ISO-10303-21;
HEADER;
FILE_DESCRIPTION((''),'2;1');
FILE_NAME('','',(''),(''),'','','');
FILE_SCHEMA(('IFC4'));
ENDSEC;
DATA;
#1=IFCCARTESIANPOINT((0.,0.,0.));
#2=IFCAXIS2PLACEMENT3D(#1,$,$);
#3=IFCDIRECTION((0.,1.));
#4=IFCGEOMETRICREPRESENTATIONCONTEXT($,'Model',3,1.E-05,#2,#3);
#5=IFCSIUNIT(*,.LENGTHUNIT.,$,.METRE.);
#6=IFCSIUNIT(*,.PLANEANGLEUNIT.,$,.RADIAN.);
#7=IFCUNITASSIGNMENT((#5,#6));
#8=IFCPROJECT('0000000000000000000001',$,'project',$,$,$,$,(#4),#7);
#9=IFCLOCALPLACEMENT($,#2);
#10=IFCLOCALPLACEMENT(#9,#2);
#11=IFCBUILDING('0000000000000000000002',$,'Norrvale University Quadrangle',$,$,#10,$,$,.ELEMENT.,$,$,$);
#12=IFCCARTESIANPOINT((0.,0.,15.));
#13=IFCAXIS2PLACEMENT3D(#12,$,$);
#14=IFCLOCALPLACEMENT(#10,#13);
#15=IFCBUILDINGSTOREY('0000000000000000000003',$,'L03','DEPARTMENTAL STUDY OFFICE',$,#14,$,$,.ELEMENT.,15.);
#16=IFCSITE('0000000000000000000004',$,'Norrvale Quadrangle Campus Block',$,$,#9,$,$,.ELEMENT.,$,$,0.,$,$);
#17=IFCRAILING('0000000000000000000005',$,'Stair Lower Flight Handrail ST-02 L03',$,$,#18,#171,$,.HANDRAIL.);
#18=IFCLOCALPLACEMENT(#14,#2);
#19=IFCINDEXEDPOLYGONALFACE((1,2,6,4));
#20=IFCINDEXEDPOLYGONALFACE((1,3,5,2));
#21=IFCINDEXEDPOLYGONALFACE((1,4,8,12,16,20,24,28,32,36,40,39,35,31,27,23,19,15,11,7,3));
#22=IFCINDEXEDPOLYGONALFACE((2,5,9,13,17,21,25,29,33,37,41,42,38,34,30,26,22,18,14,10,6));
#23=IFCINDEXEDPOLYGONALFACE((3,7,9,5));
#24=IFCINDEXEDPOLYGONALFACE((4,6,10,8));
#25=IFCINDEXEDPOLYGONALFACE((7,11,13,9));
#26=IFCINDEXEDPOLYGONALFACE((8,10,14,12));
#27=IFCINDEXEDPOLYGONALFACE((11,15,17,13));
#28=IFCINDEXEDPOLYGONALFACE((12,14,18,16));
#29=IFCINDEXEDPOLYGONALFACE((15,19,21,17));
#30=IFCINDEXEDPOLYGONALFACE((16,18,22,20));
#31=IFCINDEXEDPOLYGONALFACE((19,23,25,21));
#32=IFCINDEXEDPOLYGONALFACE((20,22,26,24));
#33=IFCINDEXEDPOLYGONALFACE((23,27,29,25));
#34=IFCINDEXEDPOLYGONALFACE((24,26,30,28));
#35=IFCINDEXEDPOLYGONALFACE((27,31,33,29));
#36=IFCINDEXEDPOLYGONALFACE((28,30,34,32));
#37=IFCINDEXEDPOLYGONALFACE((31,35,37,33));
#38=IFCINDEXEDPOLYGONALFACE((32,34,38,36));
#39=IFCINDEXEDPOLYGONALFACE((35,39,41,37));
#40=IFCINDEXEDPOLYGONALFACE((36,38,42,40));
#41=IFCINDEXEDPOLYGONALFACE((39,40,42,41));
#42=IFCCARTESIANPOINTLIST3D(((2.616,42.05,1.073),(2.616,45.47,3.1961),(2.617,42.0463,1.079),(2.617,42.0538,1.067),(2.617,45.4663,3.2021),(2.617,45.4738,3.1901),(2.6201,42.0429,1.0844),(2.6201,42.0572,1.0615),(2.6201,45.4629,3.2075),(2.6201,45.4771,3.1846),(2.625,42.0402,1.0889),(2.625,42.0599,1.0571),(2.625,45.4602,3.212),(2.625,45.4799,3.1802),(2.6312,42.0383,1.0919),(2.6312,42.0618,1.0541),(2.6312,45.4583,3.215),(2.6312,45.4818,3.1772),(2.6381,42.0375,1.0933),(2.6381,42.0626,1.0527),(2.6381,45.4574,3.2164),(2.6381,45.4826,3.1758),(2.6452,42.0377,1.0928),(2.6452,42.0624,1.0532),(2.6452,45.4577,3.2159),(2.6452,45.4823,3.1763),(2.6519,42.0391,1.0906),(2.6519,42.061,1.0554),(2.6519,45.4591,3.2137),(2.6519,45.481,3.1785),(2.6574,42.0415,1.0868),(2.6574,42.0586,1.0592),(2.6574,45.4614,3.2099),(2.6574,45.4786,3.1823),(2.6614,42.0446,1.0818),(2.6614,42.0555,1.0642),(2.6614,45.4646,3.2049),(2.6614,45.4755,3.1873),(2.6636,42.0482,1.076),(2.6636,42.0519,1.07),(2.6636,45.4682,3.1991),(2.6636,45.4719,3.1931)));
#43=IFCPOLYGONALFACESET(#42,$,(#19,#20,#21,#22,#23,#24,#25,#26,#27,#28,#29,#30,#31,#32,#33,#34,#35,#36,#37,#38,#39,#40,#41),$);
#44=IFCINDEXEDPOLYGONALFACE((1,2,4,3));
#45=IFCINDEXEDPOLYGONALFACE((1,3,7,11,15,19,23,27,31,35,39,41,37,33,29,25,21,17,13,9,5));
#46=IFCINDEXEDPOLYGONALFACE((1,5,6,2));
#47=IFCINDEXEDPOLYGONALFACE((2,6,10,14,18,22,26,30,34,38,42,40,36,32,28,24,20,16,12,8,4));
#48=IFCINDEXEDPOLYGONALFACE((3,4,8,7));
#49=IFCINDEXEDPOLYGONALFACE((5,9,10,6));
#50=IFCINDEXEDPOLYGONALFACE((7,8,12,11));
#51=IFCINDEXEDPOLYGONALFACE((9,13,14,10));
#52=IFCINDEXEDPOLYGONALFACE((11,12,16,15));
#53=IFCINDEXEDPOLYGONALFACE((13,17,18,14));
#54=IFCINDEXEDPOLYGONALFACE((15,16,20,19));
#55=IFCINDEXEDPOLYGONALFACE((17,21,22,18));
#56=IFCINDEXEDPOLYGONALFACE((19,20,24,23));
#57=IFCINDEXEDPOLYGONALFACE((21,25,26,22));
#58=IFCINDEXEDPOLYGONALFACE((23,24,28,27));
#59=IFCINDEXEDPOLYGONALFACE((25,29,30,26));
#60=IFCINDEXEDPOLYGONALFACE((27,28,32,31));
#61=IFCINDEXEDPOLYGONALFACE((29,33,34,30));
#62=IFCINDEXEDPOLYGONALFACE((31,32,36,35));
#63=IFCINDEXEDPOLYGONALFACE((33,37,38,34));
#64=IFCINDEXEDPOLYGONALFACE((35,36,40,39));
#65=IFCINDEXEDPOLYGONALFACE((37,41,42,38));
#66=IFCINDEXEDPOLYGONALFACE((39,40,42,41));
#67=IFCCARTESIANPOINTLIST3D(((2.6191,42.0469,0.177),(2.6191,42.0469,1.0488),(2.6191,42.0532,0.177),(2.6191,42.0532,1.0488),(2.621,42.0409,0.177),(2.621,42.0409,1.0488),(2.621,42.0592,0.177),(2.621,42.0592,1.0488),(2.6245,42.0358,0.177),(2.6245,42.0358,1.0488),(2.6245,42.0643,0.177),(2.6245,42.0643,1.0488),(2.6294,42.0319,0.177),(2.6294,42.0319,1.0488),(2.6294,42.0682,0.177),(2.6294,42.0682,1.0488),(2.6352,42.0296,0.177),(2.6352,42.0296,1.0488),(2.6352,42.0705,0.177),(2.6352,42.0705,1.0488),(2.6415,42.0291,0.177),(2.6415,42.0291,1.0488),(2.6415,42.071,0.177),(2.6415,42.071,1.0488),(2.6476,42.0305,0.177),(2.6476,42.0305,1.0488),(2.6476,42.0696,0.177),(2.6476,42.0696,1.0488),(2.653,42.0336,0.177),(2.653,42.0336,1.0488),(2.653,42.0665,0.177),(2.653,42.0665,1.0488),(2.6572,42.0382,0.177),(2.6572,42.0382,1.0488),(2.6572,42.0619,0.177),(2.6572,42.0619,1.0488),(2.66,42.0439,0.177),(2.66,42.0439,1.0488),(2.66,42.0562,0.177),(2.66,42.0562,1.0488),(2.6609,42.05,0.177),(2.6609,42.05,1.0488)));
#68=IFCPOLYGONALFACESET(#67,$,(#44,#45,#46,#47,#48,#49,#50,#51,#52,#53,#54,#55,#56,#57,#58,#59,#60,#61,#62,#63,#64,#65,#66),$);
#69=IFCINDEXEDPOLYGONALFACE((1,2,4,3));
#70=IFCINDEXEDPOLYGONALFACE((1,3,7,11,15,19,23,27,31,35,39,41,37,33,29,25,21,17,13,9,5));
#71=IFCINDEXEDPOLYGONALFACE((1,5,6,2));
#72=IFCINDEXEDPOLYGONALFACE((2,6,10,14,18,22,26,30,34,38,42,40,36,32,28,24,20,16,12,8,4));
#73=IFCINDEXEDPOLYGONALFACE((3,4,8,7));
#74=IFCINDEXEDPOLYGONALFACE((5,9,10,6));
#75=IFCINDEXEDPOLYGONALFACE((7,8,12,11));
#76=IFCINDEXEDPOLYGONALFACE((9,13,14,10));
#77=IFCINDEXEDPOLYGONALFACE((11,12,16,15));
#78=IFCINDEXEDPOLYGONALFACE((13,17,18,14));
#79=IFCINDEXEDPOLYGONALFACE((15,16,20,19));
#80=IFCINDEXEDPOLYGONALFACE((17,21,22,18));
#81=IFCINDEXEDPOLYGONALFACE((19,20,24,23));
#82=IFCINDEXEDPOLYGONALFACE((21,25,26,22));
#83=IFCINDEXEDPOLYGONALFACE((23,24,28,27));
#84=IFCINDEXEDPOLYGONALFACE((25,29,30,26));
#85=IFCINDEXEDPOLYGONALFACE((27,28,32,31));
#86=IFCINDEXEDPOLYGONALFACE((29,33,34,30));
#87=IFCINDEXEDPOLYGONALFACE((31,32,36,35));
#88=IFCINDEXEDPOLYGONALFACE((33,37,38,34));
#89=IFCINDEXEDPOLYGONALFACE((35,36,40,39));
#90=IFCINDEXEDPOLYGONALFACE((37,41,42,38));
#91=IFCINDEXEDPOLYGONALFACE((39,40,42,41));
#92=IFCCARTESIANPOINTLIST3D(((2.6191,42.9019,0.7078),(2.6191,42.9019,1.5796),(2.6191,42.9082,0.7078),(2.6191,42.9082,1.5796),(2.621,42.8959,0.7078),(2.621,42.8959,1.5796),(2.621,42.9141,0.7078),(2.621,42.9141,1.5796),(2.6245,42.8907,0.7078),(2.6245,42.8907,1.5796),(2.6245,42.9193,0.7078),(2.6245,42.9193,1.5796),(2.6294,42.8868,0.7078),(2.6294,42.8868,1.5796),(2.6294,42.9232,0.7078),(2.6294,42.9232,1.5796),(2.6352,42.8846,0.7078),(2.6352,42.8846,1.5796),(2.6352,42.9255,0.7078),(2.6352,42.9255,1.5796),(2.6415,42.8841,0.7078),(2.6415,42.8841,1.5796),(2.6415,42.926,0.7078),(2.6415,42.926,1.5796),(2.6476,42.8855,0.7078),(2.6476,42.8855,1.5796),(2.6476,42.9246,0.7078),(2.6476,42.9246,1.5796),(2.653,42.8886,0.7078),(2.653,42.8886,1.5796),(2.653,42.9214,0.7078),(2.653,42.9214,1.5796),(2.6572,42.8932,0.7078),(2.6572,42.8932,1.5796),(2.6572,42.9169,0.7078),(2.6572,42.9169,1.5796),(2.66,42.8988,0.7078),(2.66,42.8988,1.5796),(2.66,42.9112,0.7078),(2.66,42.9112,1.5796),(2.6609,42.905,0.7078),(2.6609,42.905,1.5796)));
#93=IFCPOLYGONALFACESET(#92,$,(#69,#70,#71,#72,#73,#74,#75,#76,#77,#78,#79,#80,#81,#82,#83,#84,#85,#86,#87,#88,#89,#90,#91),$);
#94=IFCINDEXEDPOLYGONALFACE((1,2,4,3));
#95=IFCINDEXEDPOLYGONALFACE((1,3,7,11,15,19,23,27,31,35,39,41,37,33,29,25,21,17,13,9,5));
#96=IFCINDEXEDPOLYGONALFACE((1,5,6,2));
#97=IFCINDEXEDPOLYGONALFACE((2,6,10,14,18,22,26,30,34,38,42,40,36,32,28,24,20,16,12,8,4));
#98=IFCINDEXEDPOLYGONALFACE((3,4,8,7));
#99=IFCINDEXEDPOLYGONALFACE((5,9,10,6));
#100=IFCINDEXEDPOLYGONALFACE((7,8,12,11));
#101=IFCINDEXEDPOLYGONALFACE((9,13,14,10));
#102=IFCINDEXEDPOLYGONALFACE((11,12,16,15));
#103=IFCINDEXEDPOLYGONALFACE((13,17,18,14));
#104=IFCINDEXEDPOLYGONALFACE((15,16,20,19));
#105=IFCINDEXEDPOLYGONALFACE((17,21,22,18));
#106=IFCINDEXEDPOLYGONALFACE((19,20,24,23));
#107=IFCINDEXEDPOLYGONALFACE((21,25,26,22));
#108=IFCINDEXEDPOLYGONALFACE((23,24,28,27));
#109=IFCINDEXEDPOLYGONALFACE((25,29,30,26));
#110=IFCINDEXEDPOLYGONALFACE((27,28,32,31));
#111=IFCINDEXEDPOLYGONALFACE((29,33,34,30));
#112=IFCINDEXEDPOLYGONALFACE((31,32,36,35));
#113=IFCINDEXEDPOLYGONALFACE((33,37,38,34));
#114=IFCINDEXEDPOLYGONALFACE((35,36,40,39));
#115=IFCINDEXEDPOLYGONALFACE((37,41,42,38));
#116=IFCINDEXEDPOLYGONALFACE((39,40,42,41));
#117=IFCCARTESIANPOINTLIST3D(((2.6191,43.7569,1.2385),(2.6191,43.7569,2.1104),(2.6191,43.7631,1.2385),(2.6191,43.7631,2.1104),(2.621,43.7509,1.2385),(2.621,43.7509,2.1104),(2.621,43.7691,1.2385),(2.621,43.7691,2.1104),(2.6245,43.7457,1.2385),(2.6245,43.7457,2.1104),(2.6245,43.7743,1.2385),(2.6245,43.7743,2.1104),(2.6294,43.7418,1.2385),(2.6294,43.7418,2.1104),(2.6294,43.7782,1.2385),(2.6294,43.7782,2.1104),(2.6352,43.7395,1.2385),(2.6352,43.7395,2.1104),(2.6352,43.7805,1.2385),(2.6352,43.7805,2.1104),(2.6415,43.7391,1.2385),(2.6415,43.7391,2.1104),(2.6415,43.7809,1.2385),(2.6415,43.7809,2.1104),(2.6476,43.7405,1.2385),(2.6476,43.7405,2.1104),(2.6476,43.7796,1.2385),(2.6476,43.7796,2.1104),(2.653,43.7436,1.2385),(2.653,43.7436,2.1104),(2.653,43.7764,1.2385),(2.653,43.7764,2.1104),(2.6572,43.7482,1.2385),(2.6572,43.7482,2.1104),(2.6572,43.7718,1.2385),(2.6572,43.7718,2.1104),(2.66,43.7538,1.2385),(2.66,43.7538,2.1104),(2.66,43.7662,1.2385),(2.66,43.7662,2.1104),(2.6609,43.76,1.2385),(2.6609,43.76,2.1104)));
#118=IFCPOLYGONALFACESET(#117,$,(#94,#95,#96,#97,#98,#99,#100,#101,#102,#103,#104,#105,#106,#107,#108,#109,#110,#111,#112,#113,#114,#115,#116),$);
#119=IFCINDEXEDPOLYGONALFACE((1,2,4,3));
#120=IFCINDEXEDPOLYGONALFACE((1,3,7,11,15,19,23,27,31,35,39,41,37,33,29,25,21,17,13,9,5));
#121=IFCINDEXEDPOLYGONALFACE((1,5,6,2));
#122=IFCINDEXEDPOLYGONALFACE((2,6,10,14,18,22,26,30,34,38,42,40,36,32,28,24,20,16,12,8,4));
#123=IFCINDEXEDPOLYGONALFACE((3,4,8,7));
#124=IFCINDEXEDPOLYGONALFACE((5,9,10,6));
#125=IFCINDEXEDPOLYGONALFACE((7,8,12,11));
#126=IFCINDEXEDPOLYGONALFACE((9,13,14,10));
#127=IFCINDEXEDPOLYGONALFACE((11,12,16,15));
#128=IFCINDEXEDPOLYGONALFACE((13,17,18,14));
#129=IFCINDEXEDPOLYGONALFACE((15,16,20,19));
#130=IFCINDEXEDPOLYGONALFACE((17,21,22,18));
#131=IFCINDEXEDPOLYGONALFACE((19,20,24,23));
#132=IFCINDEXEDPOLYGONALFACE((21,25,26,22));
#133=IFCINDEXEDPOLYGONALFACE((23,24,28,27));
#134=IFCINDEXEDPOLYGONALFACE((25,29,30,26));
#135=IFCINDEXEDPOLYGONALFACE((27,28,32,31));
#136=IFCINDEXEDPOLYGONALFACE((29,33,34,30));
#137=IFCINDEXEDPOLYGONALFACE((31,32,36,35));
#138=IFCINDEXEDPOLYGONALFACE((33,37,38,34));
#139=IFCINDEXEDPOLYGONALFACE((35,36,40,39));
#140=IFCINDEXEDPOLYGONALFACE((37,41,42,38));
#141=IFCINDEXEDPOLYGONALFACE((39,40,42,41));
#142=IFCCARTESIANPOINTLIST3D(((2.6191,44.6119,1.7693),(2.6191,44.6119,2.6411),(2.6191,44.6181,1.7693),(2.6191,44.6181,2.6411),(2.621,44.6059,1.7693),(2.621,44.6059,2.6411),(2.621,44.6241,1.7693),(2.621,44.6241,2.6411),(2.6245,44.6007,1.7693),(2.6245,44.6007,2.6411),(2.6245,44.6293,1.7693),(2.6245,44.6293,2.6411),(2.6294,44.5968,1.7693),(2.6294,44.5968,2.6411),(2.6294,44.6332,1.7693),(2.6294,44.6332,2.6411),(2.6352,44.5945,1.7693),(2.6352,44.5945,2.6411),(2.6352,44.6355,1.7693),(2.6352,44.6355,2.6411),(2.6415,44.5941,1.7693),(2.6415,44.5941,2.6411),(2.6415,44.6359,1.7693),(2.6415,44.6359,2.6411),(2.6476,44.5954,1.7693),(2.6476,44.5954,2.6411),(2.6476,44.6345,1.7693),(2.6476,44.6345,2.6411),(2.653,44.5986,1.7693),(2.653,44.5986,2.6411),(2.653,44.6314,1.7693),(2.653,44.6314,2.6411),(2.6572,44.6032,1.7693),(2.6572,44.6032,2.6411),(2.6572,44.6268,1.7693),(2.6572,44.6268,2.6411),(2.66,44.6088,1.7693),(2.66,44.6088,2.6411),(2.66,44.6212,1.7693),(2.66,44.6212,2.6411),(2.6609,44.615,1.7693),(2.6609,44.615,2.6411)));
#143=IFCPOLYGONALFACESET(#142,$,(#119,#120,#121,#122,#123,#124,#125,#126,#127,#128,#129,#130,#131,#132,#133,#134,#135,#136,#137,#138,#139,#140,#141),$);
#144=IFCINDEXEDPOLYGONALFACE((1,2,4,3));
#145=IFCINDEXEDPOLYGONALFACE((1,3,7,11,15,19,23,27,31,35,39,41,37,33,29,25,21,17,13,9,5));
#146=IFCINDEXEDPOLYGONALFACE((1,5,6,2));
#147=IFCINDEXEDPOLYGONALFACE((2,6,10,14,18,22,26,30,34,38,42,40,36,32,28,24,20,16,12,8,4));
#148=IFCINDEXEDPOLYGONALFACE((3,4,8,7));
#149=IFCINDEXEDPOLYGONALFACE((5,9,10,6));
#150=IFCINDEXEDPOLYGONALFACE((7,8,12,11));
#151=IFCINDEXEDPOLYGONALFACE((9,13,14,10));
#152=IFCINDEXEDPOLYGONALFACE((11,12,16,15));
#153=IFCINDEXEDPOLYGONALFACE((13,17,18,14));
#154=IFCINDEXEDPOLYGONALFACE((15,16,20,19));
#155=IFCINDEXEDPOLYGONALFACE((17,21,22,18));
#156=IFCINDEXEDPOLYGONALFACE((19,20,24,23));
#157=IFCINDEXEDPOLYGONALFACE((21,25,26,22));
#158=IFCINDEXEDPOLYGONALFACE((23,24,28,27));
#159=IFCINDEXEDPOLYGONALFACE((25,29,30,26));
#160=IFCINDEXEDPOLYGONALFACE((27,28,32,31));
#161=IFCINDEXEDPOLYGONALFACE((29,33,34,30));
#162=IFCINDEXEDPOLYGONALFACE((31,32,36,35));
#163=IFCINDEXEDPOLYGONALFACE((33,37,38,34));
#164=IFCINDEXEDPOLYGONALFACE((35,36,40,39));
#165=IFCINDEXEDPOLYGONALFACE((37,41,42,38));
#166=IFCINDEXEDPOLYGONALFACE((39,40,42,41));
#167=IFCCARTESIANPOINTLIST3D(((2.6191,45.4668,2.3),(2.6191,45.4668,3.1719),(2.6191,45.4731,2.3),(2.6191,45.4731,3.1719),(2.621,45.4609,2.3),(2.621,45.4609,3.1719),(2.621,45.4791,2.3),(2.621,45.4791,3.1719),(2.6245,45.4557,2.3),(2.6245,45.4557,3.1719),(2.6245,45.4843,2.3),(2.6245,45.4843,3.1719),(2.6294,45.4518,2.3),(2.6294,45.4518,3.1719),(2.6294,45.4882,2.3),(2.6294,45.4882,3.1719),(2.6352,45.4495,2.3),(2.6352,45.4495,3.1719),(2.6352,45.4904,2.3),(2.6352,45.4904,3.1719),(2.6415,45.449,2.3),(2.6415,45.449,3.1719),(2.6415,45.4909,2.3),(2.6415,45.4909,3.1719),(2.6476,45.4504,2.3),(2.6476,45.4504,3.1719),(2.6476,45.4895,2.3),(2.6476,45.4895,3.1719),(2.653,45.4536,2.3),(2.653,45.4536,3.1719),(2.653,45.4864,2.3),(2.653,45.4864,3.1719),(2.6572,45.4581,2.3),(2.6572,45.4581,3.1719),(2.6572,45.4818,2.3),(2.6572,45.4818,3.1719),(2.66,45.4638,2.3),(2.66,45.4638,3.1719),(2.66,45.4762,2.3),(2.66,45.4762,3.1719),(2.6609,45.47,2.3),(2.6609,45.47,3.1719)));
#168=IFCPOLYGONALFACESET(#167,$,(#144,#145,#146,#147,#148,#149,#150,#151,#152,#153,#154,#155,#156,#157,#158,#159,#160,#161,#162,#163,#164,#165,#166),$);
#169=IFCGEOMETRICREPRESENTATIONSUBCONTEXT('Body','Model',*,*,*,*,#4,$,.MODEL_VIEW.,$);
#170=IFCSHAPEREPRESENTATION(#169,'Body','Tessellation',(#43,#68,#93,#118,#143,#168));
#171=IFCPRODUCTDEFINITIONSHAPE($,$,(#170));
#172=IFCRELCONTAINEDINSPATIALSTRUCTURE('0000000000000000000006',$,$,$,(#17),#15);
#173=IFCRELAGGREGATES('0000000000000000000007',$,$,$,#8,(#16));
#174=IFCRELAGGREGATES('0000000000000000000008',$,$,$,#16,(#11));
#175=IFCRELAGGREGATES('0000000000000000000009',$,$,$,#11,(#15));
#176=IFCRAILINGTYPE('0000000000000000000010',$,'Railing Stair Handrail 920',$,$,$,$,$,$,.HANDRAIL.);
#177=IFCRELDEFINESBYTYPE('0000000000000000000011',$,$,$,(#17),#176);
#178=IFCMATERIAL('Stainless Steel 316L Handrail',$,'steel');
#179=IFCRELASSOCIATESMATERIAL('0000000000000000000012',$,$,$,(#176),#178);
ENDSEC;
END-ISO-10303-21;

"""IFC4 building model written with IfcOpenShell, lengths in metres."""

from ifc_helpers import new_model, si_unit, direction, frame, origin, origin_2d, place, context, subcontext, project, spatial, circle, extrude, material, type_object, element, save


model = new_model("IFC4")

# Units and contexts
model_context = context("Model", 3, precision=1e-05, world=origin(), true_north=direction((0.0, 1.0)))
body_context = subcontext(model_context, "Body", "Model", "MODEL_VIEW")
ifc_project = project(units=[si_unit("LENGTHUNIT", "METRE"), si_unit("PLANEANGLEUNIT", "RADIAN")], contexts=[model_context])

# Site, building, storey
site_placement = place(None, origin())
site = spatial("IfcSite", under=ifc_project, at=site_placement, Name="Norrvale Quadrangle Campus Block", CompositionType="ELEMENT", RefElevation=0.0)
building_placement = place(site_placement, origin())
building = spatial("IfcBuilding", under=site, at=building_placement, Name="Norrvale University Quadrangle", CompositionType="ELEMENT")
storey_placement = place(building_placement, frame((0.0, 0.0, 15.0)))
storey = spatial("IfcBuildingStorey", under=building, at=storey_placement, Name="L03", Description="DEPARTMENTAL STUDY OFFICE", CompositionType="ELEMENT", Elevation=15.0)

# Railing
ifc_material_1 = material(Name="Stainless Steel 316L Handrail", Category="steel")
railing_type_1 = type_object("IfcRailingType", Name="Railing Stair Handrail 920", PredefinedType="HANDRAIL", material=ifc_material_1)
railing_1_placement = place(storey_placement, frame((2.6399, 42.05, 0.177)))
element("IfcRailing", 1, at=railing_1_placement, inside=storey, type_object=railing_type_1, Name="Stair Lower Flight Handrail ST-02 L03", PredefinedType="HANDRAIL", context=body_context, shape_type="SweptSolid", body=[
    extrude(circle(Radius=0.0239, at=origin_2d()), frame((0.0, 0.0, 0.896), z_axis=(0.0, 0.849603, 0.527423), x_axis=(-1.0, 0.0, 0.0)), (0.0, 0.0, 1.0), 4.0254),
    extrude(circle(Radius=0.021, at=origin_2d()), origin(), (0.0, 0.0, 1.0), 0.8718),
    extrude(circle(Radius=0.021, at=origin_2d()), frame((0.0, 0.855, 0.5308)), (0.0, 0.0, 1.0), 0.8718),
    extrude(circle(Radius=0.021, at=origin_2d()), frame((0.0, 1.71, 1.0615)), (0.0, 0.0, 1.0), 0.8718),
    extrude(circle(Radius=0.021, at=origin_2d()), frame((0.0, 2.5649, 1.5923)), (0.0, 0.0, 1.0), 0.8718),
    extrude(circle(Radius=0.021, at=origin_2d()), frame((0.0, 3.4199, 2.123)), (0.0, 0.0, 1.0), 0.8718),
])

save(model, "model.ifc")
